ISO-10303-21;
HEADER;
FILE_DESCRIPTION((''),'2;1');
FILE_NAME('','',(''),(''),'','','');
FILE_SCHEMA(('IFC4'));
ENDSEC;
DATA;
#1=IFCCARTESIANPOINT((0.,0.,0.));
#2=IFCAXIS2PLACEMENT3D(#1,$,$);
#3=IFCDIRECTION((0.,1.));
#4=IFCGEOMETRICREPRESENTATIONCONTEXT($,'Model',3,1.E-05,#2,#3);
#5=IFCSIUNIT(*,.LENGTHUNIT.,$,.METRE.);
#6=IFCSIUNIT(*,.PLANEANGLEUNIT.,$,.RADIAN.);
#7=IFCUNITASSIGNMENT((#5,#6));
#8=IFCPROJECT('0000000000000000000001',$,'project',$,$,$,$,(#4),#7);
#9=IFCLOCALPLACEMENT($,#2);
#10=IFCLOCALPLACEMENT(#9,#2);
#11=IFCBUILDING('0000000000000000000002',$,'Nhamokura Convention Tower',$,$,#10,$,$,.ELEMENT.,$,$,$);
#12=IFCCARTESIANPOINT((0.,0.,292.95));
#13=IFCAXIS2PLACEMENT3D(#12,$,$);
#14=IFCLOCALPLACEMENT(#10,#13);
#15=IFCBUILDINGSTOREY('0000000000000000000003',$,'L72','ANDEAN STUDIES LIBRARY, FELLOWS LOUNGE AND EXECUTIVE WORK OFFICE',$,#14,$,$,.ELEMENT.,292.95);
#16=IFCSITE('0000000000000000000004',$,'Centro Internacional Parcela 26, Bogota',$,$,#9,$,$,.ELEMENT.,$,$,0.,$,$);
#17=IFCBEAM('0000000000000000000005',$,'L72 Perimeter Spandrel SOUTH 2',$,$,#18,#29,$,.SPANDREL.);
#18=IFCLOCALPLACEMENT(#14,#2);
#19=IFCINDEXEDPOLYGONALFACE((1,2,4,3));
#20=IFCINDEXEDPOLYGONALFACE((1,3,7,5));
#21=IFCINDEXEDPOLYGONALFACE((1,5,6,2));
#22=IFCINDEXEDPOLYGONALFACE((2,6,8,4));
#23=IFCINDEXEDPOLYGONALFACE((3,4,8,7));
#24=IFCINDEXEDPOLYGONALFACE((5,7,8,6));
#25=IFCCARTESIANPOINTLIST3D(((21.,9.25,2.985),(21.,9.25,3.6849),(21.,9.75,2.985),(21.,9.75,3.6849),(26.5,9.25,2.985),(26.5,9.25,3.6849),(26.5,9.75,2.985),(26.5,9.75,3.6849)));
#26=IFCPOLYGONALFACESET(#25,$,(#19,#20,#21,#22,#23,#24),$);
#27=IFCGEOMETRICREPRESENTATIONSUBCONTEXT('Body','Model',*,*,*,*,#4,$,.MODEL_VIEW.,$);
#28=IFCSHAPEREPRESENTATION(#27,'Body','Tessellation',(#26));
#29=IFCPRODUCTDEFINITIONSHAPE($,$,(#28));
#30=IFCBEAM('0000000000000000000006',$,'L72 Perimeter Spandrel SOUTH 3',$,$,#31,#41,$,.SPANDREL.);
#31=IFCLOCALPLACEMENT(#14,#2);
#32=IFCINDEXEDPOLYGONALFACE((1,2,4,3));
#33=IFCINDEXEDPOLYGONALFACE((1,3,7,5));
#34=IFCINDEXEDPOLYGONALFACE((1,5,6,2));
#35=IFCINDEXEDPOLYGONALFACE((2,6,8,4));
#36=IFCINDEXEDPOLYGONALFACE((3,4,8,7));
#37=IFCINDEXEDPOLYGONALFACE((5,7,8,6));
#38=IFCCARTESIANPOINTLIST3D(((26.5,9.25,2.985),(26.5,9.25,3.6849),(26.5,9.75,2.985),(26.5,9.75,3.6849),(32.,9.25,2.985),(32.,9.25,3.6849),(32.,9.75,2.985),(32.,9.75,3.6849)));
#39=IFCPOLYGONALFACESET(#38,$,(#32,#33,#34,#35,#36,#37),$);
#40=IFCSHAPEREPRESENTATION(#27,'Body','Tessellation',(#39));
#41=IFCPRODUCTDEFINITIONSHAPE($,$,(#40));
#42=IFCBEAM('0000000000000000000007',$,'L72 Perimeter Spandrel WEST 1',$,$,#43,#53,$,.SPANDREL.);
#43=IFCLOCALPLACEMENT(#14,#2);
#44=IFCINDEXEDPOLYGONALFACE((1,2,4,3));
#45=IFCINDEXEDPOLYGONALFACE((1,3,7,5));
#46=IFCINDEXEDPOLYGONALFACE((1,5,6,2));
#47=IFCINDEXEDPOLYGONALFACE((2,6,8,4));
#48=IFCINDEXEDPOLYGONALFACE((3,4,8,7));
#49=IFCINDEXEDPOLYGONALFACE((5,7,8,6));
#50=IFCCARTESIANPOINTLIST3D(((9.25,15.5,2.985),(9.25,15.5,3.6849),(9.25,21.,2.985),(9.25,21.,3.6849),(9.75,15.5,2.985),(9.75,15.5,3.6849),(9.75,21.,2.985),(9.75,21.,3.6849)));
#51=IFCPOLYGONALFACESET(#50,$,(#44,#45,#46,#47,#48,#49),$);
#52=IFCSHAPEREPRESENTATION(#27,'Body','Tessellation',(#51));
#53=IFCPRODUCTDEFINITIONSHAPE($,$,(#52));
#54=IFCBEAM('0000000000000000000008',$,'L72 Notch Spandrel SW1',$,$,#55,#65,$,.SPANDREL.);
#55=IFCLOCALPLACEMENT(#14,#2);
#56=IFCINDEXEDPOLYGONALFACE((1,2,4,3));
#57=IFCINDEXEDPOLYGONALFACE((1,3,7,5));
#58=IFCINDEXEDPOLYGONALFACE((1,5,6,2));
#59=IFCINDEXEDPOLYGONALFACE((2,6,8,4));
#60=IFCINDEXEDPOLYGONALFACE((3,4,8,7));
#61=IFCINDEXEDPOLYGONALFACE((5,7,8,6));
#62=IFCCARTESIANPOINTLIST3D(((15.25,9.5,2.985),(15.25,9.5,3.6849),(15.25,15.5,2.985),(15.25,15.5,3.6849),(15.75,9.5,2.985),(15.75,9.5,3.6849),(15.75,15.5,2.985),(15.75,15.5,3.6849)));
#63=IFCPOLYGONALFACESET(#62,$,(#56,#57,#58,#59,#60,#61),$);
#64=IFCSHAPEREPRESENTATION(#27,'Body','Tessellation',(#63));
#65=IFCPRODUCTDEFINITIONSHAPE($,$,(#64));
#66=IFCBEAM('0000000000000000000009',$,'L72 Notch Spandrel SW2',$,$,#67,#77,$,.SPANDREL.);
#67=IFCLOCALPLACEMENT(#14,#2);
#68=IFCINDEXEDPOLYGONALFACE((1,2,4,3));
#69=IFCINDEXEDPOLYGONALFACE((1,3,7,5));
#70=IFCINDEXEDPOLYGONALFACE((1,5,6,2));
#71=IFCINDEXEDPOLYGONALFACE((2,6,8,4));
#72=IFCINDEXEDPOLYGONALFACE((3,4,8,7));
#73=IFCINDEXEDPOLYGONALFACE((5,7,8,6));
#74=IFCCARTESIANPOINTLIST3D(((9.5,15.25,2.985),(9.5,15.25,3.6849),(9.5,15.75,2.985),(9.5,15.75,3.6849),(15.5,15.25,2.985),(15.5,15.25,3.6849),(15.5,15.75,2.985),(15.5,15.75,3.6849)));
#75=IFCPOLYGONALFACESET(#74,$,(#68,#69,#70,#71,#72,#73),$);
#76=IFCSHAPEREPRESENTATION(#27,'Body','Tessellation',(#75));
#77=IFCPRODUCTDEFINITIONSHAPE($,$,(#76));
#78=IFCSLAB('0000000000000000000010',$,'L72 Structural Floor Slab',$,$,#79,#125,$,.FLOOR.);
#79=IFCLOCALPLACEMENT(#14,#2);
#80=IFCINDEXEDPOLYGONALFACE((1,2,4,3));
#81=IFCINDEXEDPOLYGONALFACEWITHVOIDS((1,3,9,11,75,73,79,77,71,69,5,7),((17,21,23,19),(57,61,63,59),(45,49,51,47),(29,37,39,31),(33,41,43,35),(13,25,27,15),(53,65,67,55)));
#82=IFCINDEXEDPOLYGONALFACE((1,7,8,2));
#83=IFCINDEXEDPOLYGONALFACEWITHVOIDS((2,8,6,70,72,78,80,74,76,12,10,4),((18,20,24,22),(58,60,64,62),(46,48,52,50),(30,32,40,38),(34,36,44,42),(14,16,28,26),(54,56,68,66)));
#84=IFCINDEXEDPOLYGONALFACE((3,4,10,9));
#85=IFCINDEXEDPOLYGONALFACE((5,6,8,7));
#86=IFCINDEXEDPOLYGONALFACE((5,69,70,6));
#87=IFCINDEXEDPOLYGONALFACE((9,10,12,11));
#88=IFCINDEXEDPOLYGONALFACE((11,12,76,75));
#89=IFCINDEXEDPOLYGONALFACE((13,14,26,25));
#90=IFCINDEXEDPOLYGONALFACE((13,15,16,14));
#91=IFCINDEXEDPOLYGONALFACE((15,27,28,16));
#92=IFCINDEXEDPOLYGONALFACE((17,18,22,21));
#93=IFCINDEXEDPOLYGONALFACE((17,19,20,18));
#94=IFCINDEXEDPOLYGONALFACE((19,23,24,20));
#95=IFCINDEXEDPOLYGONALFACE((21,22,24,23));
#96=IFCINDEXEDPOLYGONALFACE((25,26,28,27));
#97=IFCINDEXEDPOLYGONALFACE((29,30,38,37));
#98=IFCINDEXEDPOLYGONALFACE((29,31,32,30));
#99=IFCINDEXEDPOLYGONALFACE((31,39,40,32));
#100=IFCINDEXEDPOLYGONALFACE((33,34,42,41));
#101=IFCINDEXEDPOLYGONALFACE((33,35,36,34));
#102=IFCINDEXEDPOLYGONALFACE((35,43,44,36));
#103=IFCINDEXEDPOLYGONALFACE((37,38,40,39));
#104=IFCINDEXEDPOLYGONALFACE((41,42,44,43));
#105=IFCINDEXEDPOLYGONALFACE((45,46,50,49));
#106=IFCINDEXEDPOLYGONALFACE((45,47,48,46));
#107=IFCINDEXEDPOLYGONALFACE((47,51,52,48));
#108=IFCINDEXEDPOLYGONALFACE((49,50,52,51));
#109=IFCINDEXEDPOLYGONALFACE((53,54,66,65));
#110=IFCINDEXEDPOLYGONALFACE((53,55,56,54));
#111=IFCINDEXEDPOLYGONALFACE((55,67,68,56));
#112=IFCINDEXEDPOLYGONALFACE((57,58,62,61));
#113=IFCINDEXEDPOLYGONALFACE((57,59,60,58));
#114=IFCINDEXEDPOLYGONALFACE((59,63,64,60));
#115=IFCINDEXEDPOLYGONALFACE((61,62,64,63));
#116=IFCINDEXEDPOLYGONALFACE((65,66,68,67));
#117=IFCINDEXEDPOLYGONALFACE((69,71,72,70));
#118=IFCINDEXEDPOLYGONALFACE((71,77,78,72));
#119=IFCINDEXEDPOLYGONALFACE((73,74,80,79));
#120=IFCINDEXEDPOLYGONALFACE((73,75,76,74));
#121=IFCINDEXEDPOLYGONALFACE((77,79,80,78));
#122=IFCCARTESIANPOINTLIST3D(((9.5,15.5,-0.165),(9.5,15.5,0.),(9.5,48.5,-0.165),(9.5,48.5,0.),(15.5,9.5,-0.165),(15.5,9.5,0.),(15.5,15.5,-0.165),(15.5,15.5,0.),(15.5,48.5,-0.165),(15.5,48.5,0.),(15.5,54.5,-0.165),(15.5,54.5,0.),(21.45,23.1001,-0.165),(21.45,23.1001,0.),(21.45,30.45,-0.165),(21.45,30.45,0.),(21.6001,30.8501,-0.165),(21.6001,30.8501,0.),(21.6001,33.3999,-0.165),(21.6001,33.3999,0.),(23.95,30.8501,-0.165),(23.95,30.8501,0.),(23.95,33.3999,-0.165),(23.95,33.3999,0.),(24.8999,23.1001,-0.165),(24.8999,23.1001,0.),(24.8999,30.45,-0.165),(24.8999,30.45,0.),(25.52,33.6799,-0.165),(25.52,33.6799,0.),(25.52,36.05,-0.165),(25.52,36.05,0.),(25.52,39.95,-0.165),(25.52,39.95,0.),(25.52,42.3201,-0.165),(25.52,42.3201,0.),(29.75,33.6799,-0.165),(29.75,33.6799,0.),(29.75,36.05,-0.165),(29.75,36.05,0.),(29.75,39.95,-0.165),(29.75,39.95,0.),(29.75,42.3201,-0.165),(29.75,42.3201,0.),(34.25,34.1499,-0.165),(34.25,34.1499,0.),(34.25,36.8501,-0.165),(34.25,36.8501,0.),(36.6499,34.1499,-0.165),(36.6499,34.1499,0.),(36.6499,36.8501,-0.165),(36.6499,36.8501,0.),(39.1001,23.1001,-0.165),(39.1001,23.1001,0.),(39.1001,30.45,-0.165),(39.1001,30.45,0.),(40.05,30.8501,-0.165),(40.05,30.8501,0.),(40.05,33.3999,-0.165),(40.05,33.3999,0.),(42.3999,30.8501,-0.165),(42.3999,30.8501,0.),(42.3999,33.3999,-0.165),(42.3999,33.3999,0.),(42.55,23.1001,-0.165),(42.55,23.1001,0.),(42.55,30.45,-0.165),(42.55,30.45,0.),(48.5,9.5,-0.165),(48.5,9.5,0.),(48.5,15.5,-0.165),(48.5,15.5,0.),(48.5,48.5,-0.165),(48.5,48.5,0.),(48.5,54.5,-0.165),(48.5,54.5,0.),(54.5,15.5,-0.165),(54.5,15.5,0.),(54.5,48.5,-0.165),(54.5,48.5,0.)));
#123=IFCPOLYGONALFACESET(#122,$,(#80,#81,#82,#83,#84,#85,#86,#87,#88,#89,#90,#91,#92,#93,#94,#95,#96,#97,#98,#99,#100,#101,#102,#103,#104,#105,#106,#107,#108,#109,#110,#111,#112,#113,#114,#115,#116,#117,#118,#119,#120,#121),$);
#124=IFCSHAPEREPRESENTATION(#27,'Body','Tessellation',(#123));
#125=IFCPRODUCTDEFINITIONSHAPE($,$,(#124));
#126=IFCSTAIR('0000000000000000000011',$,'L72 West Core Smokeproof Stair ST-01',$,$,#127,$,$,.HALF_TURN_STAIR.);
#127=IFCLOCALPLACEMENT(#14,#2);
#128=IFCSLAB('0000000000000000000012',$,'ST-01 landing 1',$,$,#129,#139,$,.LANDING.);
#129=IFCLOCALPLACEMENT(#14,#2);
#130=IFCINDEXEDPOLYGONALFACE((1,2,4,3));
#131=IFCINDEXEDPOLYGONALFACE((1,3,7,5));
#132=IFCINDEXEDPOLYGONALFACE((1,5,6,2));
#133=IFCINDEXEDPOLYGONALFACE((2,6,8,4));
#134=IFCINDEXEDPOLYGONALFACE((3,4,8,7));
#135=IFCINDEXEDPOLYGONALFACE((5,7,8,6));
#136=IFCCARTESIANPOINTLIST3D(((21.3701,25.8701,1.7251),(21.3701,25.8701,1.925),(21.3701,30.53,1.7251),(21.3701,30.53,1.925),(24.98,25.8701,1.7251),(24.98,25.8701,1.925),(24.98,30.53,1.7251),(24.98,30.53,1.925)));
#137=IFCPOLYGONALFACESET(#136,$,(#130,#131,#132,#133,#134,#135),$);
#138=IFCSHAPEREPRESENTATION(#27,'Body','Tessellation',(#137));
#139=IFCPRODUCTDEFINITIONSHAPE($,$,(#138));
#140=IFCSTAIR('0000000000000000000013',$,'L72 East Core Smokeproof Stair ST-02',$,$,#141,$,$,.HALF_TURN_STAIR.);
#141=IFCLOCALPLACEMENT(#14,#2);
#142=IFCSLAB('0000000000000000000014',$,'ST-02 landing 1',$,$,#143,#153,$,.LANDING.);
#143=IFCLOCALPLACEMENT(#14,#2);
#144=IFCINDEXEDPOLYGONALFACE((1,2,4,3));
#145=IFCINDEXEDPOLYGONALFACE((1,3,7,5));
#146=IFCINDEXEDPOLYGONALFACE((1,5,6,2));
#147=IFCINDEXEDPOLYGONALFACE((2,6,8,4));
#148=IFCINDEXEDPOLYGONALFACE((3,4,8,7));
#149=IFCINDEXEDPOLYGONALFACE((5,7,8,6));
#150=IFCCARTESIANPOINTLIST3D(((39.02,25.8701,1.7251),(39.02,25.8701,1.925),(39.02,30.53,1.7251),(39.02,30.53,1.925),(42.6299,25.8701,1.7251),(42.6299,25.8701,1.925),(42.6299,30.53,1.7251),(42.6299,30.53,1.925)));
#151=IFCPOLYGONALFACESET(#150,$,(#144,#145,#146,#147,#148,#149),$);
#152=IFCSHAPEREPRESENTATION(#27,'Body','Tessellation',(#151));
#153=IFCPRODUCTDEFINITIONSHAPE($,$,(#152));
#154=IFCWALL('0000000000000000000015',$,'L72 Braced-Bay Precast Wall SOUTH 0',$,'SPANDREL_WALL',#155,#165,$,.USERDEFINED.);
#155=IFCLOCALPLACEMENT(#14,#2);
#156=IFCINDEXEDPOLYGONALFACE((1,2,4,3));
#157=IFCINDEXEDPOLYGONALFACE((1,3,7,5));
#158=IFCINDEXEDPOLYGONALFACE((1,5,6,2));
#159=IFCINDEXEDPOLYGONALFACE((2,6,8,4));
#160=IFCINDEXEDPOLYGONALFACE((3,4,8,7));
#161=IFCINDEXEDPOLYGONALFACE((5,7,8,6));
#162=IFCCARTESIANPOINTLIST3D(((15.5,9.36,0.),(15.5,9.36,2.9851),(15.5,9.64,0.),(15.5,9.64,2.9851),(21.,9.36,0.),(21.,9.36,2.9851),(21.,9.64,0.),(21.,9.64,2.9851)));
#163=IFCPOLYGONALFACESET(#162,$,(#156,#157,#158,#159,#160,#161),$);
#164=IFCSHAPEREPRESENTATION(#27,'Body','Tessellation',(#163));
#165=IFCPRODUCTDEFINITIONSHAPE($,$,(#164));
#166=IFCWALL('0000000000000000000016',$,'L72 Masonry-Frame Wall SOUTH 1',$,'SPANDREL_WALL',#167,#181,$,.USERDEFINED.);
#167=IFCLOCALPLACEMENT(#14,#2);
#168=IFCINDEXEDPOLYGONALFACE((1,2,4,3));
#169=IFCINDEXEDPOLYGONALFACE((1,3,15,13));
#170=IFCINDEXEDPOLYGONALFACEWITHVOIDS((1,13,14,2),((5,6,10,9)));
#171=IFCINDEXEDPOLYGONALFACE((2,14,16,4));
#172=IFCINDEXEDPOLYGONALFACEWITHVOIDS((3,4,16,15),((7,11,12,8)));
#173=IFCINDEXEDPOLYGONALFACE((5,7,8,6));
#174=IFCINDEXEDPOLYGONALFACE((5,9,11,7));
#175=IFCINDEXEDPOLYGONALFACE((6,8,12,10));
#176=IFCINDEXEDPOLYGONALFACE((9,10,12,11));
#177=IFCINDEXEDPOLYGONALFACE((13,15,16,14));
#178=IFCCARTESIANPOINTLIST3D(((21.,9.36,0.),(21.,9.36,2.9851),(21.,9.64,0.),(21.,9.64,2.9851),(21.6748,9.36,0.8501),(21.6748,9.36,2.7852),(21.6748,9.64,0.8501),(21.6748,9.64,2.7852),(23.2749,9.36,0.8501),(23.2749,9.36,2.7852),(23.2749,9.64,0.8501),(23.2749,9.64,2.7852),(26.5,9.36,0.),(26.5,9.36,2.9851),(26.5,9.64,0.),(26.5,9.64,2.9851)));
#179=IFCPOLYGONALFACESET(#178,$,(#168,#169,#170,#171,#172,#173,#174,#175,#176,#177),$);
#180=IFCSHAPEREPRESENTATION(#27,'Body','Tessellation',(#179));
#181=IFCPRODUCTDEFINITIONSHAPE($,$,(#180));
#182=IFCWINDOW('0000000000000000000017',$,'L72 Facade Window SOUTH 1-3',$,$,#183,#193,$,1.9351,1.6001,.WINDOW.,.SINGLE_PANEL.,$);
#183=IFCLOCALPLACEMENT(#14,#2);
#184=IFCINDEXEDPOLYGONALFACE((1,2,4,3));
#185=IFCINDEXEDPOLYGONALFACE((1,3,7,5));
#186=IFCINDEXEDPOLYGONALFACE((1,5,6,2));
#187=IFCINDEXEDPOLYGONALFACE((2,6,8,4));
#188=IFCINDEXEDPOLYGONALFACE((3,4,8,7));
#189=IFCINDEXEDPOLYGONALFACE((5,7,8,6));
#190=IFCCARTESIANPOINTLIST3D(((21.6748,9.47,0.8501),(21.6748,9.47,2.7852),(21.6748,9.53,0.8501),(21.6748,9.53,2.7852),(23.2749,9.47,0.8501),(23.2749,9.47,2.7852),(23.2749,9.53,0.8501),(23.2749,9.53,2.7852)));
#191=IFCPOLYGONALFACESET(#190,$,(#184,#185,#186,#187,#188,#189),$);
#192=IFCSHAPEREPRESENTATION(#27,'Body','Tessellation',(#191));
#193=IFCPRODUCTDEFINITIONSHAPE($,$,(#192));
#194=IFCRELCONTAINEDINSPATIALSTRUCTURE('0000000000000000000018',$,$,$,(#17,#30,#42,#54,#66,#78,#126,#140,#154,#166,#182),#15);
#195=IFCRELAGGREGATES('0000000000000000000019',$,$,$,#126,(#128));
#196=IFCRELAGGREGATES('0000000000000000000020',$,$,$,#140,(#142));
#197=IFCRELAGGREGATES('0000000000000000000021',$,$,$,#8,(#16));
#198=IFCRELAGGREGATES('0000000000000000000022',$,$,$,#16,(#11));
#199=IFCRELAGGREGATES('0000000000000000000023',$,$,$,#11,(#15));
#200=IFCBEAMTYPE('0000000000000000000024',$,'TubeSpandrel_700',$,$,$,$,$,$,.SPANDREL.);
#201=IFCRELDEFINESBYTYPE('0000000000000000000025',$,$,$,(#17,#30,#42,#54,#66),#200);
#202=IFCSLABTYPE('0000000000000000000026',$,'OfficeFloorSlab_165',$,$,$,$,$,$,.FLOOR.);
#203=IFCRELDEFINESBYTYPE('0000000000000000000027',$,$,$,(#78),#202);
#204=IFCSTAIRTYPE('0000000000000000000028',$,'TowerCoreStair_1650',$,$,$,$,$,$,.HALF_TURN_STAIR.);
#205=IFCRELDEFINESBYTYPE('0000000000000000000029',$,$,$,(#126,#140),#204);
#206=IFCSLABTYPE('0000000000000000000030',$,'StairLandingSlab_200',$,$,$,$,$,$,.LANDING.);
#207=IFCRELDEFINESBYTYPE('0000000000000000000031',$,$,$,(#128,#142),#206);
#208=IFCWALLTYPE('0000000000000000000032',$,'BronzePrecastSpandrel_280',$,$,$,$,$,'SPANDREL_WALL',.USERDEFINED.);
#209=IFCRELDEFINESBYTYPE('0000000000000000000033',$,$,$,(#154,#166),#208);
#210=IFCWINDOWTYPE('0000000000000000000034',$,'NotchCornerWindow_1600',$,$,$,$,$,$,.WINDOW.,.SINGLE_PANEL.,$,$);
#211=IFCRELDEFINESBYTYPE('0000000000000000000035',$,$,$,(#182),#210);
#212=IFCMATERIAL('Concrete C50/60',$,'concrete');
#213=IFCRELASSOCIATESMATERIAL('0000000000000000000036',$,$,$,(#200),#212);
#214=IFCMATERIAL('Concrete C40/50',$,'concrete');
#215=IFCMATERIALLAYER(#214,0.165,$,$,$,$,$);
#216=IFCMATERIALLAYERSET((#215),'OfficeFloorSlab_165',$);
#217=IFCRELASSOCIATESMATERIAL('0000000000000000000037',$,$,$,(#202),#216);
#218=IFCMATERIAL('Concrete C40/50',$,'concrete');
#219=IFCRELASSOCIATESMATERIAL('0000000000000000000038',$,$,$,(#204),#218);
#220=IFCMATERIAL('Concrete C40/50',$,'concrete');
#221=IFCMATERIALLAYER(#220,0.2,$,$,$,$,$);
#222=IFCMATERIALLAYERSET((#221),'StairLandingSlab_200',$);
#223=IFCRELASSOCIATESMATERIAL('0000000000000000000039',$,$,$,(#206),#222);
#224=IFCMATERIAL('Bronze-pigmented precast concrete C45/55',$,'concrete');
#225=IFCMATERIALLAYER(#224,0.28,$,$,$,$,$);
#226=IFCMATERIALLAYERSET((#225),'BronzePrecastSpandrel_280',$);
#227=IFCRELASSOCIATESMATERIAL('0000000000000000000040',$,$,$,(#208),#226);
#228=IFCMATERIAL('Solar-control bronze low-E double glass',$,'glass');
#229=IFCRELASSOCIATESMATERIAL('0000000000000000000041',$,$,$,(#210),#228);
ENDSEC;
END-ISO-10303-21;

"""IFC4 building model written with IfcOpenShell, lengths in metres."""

from ifc_helpers import new_model, si_unit, direction, frame, frame_2d, origin, origin_2d, place, context, subcontext, project, spatial, polyline, rectangle, outline, extrude, material, layer, layer_set, material_profile, profile_set, type_object, element, fill, aggregate, save


model = new_model("IFC4")

# Units and contexts
model_context = context("Model", 3, precision=1e-05, world=origin(), true_north=direction((0.0, 1.0)))
body_context = subcontext(model_context, "Body", "Model", "MODEL_VIEW")
ifc_project = project(units=[si_unit("LENGTHUNIT", "METRE"), si_unit("PLANEANGLEUNIT", "RADIAN")], contexts=[model_context])

# Site, building, storey
site_placement = place(None, origin())
site = spatial("IfcSite", under=ifc_project, at=site_placement, Name="Centro Internacional Parcela 26, Bogota", CompositionType="ELEMENT", RefElevation=0.0)
building_placement = place(site_placement, origin())
building = spatial("IfcBuilding", under=site, at=building_placement, Name="Nhamokura Convention Tower", CompositionType="ELEMENT")
storey_placement = place(building_placement, frame((0.0, 0.0, 292.95)))
storey = spatial("IfcBuildingStorey", under=building, at=storey_placement, Name="L72", Description="ANDEAN STUDIES LIBRARY, FELLOWS LOUNGE AND EXECUTIVE WORK OFFICE", CompositionType="ELEMENT", Elevation=292.95)

# Beams
ifc_material_1 = material(Name="Concrete C50/60", Category="concrete")
ifc_material_profile_1 = material_profile(ifc_material_1, rectangle(XDim=0.5, YDim=0.7, at=origin_2d()))
ifc_profile_set_1 = profile_set([ifc_material_profile_1], Name="Concrete C50/60")
beam_type_1 = type_object("IfcBeamType", Name="TubeSpandrel_700", PredefinedType="SPANDREL", material=ifc_profile_set_1)
for number, where, z_axis, x_axis, name in (
    (1, (21.0, 9.5, 3.335), (1.0, 0.0, 0.0), (0.0, 1.0, 0.0), "L72 Perimeter Spandrel SOUTH 2"),
    (2, (26.5, 9.5, 3.335), (1.0, 0.0, 0.0), (0.0, 1.0, 0.0), "L72 Perimeter Spandrel SOUTH 3"),
    (3, (9.5, 15.5, 3.335), (0.0, 1.0, 0.0), (-1.0, 0.0, 0.0), "L72 Perimeter Spandrel WEST 1"),
):
    element("IfcBeam", number, at=place(storey_placement, frame(where, z_axis=z_axis, x_axis=x_axis)), inside=storey, type_object=beam_type_1, Name=name, PredefinedType="SPANDREL", context=body_context, shape_type="SweptSolid", body=[
        extrude(rectangle(XDim=0.5, YDim=0.7, at=origin_2d()), origin(), (0.0, 0.0, 1.0), 5.5),
    ])
for number, where, z_axis, x_axis, name in (
    (4, (15.5, 9.5, 3.335), (0.0, 1.0, 0.0), (-1.0, 0.0, 0.0), "L72 Notch Spandrel SW1"),
    (5, (15.5, 15.5, 3.335), (-1.0, 0.0, 0.0), (0.0, -1.0, 0.0), "L72 Notch Spandrel SW2"),
):
    element("IfcBeam", number, at=place(storey_placement, frame(where, z_axis=z_axis, x_axis=x_axis)), inside=storey, type_object=beam_type_1, Name=name, PredefinedType="SPANDREL", context=body_context, shape_type="SweptSolid", body=[
        extrude(rectangle(XDim=0.5, YDim=0.7, at=origin_2d()), origin(), (0.0, 0.0, 1.0), 6.0),
    ])

# Slab
ifc_material_2 = material(Name="Concrete C40/50", Category="concrete")
ifc_layer_1 = layer(ifc_material_2, 0.165)
ifc_layer_set_1 = layer_set([ifc_layer_1], Name="OfficeFloorSlab_165")
slab_type_1 = type_object("IfcSlabType", Name="OfficeFloorSlab_165", PredefinedType="FLOOR", material=ifc_layer_set_1)
slab_1_placement = place(storey_placement, frame((0.0, 0.0, -0.165)))
element("IfcSlab", 6, at=slab_1_placement, inside=storey, type_object=slab_type_1, Name="L72 Structural Floor Slab", PredefinedType="FLOOR", context=body_context, shape_type="SweptSolid", body=[
    extrude(outline(polyline([(15.5, 9.5), (48.5, 9.5), (48.5, 15.5), (54.5, 15.5), (54.5, 48.5), (48.5, 48.5), (48.5, 54.5), (15.5, 54.5), (15.5, 48.5), (9.5, 48.5), (9.5, 15.5), (15.5, 15.5), (15.5, 9.5)]), holes=[polyline([(24.8999, 23.1001), (24.8999, 30.45), (21.45, 30.45), (21.45, 23.1001), (24.8999, 23.1001)]), polyline([(42.55, 23.1001), (42.55, 30.45), (39.1001, 30.45), (39.1001, 23.1001), (42.55, 23.1001)]), polyline([(21.6001, 30.8501), (23.95, 30.8501), (23.95, 33.3999), (21.6001, 33.3999), (21.6001, 30.8501)]), polyline([(40.05, 30.8501), (42.3999, 30.8501), (42.3999, 33.3999), (40.05, 33.3999), (40.05, 30.8501)]), polyline([(34.25, 34.1499), (36.6499, 34.1499), (36.6499, 36.8501), (34.25, 36.8501), (34.25, 34.1499)]), polyline([(25.52, 33.6799), (29.75, 33.6799), (29.75, 36.05), (25.52, 36.05), (25.52, 33.6799)]), polyline([(25.52, 39.95), (29.75, 39.95), (29.75, 42.3201), (25.52, 42.3201), (25.52, 39.95)])]), origin(), (0.0, 0.0, 1.0), 0.165),
])

# Stairs, slabs
ifc_material_3 = material(Name="Concrete C40/50", Category="concrete")
stair_type = type_object("IfcStairType", Name="TowerCoreStair_1650", PredefinedType="HALF_TURN_STAIR", material=ifc_material_3)
stair_1_placement = place(storey_placement, origin())
stair_1 = element("IfcStair", 7, at=stair_1_placement, inside=storey, type_object=stair_type, Name="L72 West Core Smokeproof Stair ST-01", PredefinedType="HALF_TURN_STAIR")
ifc_material_4 = material(Name="Concrete C40/50", Category="concrete")
ifc_layer_2 = layer(ifc_material_4, 0.2)
ifc_layer_set_2 = layer_set([ifc_layer_2], Name="StairLandingSlab_200")
slab_type_2 = type_object("IfcSlabType", Name="StairLandingSlab_200", PredefinedType="LANDING", material=ifc_layer_set_2)
slab_2_placement = place(storey_placement, frame((0.0, 0.0, 1.7251)))
slab_2 = element("IfcSlab", 8, at=slab_2_placement, type_object=slab_type_2, Name="ST-01 landing 1", PredefinedType="LANDING", context=body_context, shape_type="SweptSolid", body=[
    extrude(outline(polyline([(24.98, 25.8701), (24.98, 30.53), (21.3701, 30.53), (21.3701, 25.8701), (24.98, 25.8701)])), origin(), (0.0, 0.0, 1.0), 0.2),
])
aggregate(stair_1, [slab_2])
stair_2_placement = place(storey_placement, origin())
stair_2 = element("IfcStair", 9, at=stair_2_placement, inside=storey, type_object=stair_type, Name="L72 East Core Smokeproof Stair ST-02", PredefinedType="HALF_TURN_STAIR")
slab_3_placement = place(storey_placement, frame((0.0, 0.0, 1.7251)))
slab_3 = element("IfcSlab", 10, at=slab_3_placement, type_object=slab_type_2, Name="ST-02 landing 1", PredefinedType="LANDING", context=body_context, shape_type="SweptSolid", body=[
    extrude(outline(polyline([(42.6299, 25.8701), (42.6299, 30.53), (39.02, 30.53), (39.02, 25.8701), (42.6299, 25.8701)])), origin(), (0.0, 0.0, 1.0), 0.2),
])
aggregate(stair_2, [slab_3])

# Wall
ifc_material_5 = material(Name="Bronze-pigmented precast concrete C45/55", Category="concrete")
ifc_layer_3 = layer(ifc_material_5, 0.28)
ifc_layer_set_3 = layer_set([ifc_layer_3], Name="BronzePrecastSpandrel_280")
wall_type_1 = type_object("IfcWallType", Name="BronzePrecastSpandrel_280", ElementType="SPANDREL_WALL", PredefinedType="USERDEFINED", material=ifc_layer_set_3)
wall_1_placement = place(storey_placement, frame((21.0, 9.5, 0.0), z_axis=(0.0, 0.0, 1.0), x_axis=(-1.0, 0.0, 0.0)))
element("IfcWall", 11, at=wall_1_placement, inside=storey, type_object=wall_type_1, Name="L72 Braced-Bay Precast Wall SOUTH 0", ObjectType="SPANDREL_WALL", PredefinedType="USERDEFINED", context=body_context, shape_type="SweptSolid", body=[
    extrude(rectangle(XDim=5.5, YDim=0.28, at=frame_2d((2.75, 0.0))), origin(), (0.0, 0.0, 1.0), 2.9851),
])

# Wall, opening, window
wall_2_placement = place(storey_placement, frame((26.5, 9.5, 0.0), z_axis=(0.0, 0.0, 1.0), x_axis=(-1.0, 0.0, 0.0)))
wall_2 = element("IfcWall", 12, at=wall_2_placement, inside=storey, type_object=wall_type_1, Name="L72 Masonry-Frame Wall SOUTH 1", ObjectType="SPANDREL_WALL", PredefinedType="USERDEFINED", context=body_context, shape_type="SweptSolid", body=[
    extrude(rectangle(XDim=5.5, YDim=0.28, at=frame_2d((2.75, 0.0))), origin(), (0.0, 0.0, 1.0), 2.9851),
])
opening_1_placement = place(wall_2_placement, frame((3.2251, 0.0, 0.8501)))
opening_1 = element("IfcOpeningElement", 13, at=opening_1_placement, cuts=wall_2, PredefinedType="OPENING", context=body_context, shape_type="SweptSolid", body=[
    extrude(rectangle(XDim=1.6001, YDim=1.9351, at=frame_2d((0.8, 0.9675))), frame((0.0, 0.1499, 0.0), z_axis=(0.0, -1.0, 0.0), x_axis=(1.0, 0.0, 0.0)), (0.0, 0.0, 1.0), 0.3),
])
ifc_material_6 = material(Name="Solar-control bronze low-E double glass", Category="glass")
window_type = type_object("IfcWindowType", Name="NotchCornerWindow_1600", PartitioningType="SINGLE_PANEL", PredefinedType="WINDOW", material=ifc_material_6)
window_placement = place(opening_1_placement, origin())
window = element("IfcWindow", 14, at=window_placement, inside=storey, type_object=window_type, Name="L72 Facade Window SOUTH 1-3", OverallHeight=1.9351, OverallWidth=1.6001, PartitioningType="SINGLE_PANEL", PredefinedType="WINDOW", context=body_context, shape_type="SweptSolid", body=[
    extrude(rectangle(XDim=1.6001, YDim=1.9351, at=frame_2d((0.8, 0.9675))), frame((0.0, 0.03, 0.0), z_axis=(0.0, -1.0, 0.0), x_axis=(1.0, 0.0, 0.0)), (0.0, 0.0, 1.0), 0.0601),
])
fill(opening_1, window)

save(model, "model.ifc")
